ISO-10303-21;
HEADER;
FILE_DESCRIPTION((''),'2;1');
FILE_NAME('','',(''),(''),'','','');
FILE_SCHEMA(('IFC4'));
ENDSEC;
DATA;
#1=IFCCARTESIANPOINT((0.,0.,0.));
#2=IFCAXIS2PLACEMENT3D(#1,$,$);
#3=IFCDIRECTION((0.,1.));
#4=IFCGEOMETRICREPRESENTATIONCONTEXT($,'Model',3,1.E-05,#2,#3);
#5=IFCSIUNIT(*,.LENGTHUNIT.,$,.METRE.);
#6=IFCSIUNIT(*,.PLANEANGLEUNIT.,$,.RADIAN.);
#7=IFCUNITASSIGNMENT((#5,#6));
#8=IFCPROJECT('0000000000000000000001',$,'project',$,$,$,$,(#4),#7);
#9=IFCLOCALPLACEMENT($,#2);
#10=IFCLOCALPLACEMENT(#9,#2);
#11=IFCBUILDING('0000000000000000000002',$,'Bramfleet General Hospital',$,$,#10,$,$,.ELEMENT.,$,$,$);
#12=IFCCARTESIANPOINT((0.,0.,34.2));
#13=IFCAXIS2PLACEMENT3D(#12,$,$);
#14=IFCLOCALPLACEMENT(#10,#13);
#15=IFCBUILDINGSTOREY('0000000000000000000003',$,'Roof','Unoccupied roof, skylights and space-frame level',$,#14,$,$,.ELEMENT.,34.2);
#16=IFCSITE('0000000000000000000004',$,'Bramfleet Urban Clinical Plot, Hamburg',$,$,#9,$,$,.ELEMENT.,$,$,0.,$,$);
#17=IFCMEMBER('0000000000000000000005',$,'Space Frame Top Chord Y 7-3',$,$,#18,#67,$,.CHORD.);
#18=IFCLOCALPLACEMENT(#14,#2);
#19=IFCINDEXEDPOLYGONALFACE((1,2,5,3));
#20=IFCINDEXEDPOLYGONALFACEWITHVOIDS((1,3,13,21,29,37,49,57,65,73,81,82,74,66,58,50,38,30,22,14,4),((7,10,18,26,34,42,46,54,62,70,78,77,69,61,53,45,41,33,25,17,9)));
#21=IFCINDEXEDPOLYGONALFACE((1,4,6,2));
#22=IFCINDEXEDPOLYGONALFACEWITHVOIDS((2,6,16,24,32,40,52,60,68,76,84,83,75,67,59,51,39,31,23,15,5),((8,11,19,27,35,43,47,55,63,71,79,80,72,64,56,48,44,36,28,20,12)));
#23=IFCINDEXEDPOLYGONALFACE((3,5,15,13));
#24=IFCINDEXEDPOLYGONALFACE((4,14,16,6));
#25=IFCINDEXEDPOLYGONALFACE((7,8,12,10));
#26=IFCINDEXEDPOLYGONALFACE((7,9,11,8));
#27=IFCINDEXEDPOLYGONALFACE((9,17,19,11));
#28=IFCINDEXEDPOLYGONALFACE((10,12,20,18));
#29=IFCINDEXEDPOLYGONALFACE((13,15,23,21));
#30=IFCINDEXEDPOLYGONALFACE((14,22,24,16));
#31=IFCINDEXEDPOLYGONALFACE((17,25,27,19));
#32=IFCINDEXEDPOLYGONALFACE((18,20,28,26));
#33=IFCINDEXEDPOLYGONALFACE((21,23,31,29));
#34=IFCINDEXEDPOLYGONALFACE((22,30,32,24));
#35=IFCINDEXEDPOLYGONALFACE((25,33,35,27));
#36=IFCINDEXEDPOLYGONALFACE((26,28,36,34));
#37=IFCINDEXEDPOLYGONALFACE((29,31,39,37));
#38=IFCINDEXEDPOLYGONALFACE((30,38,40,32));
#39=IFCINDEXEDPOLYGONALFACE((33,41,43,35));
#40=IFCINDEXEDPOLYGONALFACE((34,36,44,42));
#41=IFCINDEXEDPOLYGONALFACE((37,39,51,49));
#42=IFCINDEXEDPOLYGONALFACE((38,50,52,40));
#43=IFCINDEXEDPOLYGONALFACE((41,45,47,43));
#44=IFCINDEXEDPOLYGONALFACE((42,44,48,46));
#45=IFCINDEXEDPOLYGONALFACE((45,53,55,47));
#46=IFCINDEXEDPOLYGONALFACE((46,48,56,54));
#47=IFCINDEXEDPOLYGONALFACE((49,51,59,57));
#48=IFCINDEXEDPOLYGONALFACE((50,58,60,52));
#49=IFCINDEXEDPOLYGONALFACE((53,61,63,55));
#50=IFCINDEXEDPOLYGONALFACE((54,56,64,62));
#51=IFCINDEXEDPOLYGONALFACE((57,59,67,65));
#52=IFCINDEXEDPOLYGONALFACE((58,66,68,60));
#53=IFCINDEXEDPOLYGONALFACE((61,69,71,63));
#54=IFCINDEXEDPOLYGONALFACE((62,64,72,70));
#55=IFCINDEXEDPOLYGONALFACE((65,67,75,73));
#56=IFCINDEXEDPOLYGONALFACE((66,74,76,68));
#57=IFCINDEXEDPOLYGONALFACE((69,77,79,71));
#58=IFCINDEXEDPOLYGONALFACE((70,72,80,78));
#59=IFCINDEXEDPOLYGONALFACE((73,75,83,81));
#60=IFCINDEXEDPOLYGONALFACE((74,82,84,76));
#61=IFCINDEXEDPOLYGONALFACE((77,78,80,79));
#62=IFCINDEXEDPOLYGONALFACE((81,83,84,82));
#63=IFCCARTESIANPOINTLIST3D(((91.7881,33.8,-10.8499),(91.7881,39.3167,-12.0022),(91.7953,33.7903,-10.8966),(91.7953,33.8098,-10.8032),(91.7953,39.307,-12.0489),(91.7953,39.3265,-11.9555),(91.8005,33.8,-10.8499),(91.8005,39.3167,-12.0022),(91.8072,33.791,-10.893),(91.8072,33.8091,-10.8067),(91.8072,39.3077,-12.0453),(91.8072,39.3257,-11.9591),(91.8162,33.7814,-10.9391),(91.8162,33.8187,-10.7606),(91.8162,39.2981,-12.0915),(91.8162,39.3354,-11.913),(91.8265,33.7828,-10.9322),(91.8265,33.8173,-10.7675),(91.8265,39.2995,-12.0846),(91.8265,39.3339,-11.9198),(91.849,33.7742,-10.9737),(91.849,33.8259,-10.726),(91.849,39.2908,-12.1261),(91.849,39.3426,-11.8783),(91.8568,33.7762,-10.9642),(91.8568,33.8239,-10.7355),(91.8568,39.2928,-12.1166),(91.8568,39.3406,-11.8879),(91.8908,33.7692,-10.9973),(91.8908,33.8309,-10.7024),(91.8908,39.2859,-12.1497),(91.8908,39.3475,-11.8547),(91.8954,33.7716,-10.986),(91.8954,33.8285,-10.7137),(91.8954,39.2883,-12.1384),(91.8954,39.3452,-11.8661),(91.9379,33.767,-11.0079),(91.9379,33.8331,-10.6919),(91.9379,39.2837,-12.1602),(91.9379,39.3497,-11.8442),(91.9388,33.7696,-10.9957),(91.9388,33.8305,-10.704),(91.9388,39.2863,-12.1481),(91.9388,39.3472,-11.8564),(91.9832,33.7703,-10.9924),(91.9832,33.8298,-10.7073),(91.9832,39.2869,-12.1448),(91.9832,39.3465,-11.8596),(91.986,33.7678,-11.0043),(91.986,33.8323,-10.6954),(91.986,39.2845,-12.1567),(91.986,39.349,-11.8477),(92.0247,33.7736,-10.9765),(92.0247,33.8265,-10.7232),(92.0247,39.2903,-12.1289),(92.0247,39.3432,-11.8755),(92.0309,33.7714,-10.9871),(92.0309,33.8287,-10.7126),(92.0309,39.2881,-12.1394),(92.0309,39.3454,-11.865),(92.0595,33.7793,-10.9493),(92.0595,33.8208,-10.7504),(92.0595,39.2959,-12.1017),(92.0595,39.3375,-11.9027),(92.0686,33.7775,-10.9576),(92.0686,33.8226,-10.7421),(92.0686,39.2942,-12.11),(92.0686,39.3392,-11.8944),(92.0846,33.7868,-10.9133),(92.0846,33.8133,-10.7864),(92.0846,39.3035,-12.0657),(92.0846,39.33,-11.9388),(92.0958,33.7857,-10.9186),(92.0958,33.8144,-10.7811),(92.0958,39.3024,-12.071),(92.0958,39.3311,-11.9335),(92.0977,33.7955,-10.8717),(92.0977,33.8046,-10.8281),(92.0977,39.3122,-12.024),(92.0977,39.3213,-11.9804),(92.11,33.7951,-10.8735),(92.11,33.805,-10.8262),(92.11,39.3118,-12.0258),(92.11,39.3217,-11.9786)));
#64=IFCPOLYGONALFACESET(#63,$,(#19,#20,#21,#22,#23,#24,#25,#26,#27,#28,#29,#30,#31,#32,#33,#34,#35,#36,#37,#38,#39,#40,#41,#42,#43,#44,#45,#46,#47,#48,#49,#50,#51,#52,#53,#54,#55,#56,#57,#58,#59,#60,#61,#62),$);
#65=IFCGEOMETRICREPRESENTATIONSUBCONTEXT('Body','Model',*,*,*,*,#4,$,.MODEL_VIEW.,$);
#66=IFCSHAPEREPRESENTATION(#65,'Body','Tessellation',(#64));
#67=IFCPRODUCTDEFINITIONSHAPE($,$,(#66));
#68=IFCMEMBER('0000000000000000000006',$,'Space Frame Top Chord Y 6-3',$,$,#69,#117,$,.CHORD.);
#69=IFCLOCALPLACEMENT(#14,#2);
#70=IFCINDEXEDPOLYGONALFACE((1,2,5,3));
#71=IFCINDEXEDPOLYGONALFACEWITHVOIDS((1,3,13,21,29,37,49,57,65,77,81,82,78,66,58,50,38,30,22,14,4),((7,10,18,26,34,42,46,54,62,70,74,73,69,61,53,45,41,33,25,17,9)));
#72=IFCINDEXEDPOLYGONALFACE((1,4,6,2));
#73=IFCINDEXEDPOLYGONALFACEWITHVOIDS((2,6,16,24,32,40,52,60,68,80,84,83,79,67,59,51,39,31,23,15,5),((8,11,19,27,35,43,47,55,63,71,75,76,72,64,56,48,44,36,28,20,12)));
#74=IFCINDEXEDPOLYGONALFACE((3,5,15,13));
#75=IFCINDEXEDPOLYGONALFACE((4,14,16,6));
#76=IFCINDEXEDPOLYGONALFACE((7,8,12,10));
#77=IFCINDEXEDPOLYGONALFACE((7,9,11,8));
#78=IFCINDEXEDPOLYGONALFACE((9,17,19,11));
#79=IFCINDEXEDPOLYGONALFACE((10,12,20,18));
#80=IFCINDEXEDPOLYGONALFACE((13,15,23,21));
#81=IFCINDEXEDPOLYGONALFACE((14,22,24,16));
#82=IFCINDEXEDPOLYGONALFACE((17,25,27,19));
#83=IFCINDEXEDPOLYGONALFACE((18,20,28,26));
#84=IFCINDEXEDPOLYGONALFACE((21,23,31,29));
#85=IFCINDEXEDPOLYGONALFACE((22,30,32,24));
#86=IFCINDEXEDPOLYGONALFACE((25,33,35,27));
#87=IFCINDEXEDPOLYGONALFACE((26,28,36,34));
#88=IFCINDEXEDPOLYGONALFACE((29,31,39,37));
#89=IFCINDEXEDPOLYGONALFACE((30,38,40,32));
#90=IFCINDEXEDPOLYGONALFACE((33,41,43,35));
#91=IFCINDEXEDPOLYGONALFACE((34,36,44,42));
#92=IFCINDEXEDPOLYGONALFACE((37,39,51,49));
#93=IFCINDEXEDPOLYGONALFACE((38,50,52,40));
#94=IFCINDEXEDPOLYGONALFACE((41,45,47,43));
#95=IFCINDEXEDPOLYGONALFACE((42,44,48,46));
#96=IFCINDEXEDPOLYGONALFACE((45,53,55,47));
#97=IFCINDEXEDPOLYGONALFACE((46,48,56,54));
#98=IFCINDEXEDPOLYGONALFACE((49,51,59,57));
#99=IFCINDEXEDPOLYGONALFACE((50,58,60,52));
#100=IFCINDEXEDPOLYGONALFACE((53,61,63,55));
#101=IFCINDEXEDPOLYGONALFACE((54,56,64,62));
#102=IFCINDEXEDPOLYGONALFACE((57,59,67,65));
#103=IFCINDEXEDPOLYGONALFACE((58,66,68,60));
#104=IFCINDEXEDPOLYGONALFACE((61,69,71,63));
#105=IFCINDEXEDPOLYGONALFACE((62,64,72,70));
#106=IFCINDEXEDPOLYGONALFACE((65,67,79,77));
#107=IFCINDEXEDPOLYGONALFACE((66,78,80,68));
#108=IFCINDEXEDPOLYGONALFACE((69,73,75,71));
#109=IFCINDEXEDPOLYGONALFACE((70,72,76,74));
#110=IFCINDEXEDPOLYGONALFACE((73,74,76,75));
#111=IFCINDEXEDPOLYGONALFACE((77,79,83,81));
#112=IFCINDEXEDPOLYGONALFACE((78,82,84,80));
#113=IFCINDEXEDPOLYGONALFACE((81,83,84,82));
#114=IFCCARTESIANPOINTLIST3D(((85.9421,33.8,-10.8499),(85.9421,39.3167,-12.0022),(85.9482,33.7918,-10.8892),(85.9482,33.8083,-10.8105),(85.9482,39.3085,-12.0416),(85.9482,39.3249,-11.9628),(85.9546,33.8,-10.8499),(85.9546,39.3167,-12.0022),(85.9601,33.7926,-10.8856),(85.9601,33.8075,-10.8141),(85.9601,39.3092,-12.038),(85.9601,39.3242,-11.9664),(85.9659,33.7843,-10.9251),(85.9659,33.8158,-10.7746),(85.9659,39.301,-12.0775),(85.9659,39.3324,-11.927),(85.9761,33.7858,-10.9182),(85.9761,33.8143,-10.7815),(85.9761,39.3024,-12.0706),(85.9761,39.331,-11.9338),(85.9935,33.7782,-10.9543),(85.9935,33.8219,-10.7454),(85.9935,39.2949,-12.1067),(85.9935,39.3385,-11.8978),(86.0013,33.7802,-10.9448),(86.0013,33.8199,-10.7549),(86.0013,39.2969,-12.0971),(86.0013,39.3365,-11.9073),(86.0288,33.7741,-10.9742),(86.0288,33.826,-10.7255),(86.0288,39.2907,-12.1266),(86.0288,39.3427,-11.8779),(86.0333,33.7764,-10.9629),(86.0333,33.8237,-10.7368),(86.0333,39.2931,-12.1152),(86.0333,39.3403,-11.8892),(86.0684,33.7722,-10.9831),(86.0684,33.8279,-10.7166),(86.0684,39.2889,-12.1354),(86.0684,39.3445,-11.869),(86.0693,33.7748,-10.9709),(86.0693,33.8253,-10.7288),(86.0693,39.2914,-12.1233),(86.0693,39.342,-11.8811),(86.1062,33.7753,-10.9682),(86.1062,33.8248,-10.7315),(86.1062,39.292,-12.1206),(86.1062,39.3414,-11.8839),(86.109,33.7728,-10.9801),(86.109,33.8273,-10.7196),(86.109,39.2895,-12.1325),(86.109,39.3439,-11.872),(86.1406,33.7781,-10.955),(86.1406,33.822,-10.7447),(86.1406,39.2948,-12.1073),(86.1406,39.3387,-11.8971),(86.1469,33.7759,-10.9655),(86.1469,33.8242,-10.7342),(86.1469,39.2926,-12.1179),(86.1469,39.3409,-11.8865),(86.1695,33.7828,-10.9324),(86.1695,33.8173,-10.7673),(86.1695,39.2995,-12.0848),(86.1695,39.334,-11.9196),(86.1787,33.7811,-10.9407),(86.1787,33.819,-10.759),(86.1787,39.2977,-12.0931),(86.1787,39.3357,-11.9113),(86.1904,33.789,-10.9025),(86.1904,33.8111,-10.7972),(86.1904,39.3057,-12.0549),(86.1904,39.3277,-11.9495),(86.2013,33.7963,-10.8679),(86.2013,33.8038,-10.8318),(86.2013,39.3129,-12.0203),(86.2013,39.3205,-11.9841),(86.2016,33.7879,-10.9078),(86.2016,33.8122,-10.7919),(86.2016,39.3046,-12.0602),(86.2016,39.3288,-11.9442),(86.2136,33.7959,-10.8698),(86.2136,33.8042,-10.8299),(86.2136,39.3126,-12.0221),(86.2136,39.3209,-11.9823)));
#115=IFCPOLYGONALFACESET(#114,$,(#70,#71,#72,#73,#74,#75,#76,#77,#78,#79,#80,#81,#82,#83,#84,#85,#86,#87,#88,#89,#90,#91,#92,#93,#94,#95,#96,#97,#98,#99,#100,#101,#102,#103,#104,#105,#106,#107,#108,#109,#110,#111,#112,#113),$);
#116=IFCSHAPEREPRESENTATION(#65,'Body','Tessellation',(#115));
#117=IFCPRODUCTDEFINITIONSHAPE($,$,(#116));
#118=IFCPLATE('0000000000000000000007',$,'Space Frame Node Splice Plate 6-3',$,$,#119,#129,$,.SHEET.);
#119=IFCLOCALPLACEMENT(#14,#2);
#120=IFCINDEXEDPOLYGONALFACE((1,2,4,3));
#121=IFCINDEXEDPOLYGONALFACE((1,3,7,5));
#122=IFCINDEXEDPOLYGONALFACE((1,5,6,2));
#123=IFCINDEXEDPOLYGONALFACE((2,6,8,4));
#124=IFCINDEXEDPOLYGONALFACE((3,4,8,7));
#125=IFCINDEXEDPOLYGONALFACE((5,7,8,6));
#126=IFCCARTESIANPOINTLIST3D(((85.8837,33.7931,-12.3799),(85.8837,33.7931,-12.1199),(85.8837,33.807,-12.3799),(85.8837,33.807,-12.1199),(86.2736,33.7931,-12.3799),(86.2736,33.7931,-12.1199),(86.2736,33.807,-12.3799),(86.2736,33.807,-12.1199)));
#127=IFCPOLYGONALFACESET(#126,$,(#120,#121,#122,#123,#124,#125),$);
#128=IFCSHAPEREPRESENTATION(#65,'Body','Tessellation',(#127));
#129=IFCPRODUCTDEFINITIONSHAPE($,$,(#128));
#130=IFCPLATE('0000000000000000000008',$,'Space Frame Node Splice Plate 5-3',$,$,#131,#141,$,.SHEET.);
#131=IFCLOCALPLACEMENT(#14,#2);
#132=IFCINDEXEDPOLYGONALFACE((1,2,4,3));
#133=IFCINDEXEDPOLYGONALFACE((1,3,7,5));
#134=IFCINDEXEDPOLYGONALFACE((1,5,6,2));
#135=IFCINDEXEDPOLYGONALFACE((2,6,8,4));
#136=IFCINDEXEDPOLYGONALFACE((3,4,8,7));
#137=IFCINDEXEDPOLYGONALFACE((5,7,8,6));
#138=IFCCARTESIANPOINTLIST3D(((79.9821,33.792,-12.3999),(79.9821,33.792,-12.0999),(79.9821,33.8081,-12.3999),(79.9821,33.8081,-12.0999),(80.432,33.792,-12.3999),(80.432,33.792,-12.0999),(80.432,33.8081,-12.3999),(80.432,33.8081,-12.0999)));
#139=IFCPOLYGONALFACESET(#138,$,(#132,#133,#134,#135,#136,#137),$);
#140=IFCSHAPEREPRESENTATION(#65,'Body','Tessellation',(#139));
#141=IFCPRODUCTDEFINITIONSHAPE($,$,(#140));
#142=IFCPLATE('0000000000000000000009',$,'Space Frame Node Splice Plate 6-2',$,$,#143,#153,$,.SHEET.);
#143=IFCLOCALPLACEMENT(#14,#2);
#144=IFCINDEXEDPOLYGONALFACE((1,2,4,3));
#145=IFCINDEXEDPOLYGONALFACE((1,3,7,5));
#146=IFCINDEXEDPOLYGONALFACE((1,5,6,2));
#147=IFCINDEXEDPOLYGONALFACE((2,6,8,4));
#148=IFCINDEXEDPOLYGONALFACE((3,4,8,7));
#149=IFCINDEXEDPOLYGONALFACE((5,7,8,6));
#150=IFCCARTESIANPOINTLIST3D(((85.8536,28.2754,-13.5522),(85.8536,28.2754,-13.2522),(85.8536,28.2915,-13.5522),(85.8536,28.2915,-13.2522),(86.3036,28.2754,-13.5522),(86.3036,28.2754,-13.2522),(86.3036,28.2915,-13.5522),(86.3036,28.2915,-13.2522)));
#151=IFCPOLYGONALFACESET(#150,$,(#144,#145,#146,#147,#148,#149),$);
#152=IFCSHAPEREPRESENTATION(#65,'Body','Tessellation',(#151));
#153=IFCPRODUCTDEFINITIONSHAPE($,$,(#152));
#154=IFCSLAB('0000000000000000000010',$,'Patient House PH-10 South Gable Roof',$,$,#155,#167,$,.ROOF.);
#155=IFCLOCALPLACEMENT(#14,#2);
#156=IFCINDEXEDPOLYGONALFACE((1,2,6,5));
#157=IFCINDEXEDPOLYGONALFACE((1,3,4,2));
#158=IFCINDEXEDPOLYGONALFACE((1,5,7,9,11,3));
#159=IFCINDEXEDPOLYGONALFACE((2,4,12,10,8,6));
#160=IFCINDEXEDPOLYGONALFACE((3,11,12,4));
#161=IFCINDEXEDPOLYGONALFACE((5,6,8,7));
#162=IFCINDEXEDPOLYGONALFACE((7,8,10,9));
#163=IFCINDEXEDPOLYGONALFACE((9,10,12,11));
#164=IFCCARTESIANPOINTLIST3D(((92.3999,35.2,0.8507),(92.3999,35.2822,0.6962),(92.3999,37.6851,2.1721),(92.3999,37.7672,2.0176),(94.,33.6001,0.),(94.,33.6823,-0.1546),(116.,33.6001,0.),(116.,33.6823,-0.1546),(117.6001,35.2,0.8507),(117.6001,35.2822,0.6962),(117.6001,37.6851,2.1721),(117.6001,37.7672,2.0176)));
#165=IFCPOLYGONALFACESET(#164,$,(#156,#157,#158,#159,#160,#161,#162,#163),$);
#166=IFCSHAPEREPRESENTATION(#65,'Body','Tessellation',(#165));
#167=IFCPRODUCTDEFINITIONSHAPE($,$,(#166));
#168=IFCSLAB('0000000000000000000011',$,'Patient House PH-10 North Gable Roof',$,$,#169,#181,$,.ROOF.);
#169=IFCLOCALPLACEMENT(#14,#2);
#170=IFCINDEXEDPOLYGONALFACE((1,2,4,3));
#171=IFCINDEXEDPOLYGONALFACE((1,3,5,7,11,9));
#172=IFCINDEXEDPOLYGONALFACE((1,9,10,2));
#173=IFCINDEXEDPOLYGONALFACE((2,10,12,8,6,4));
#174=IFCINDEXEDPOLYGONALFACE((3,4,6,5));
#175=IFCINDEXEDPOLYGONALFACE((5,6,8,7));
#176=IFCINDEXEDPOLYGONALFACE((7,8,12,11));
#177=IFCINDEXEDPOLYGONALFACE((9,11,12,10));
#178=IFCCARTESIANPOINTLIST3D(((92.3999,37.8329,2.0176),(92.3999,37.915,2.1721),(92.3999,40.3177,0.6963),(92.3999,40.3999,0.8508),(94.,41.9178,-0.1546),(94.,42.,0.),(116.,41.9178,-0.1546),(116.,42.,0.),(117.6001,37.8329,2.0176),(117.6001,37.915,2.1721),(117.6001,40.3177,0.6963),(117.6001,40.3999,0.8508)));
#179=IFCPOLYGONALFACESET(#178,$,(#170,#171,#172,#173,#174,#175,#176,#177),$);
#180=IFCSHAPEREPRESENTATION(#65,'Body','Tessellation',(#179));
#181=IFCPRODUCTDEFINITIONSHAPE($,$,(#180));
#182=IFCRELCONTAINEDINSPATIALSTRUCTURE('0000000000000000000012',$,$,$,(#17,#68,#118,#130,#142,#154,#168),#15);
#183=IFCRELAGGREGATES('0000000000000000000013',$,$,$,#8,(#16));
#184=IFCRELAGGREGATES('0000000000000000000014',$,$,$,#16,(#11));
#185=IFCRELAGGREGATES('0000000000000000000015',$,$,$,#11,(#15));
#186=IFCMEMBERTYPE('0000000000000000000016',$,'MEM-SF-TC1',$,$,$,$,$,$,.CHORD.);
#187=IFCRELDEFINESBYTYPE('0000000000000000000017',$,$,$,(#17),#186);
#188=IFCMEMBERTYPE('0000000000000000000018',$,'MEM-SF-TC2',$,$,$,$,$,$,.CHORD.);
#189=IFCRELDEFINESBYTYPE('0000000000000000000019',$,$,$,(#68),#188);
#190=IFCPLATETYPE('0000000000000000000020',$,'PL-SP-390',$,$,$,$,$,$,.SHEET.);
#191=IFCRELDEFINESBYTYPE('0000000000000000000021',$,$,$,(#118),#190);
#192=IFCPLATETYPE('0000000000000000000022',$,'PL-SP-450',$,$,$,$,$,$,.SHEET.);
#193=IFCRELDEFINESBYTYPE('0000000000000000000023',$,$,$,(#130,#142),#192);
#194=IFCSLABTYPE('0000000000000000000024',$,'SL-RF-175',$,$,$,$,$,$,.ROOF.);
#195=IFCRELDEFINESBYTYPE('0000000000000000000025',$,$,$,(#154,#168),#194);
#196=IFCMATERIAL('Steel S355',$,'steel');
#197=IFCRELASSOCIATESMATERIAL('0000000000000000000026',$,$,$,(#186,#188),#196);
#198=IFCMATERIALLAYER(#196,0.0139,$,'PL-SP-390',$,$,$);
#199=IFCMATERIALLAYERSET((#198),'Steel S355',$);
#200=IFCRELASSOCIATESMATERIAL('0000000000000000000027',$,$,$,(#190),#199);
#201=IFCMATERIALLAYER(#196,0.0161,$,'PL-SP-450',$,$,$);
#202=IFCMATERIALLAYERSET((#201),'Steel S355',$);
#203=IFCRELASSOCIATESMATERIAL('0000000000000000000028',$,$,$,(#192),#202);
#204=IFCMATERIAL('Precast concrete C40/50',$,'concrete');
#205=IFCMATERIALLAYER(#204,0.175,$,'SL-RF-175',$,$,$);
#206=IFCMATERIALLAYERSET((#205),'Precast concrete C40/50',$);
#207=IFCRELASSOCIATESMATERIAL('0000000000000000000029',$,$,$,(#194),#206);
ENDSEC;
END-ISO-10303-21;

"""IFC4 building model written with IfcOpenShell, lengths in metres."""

from ifc_helpers import new_model, si_unit, direction, frame, origin, origin_2d, place, context, subcontext, project, spatial, polyline, rectangle, hollow_circle, outline, extrude, material, layer, layer_set, material_profile, profile_set, type_object, element, save


model = new_model("IFC4")

# Units and contexts
model_context = context("Model", 3, precision=1e-05, world=origin(), true_north=direction((0.0, 1.0)))
body_context = subcontext(model_context, "Body", "Model", "MODEL_VIEW")
ifc_project = project(units=[si_unit("LENGTHUNIT", "METRE"), si_unit("PLANEANGLEUNIT", "RADIAN")], contexts=[model_context])

# Site, building, storey
site_placement = place(None, origin())
site = spatial("IfcSite", under=ifc_project, at=site_placement, Name="Bramfleet Urban Clinical Plot, Hamburg", CompositionType="ELEMENT", RefElevation=0.0)
building_placement = place(site_placement, origin())
building = spatial("IfcBuilding", under=site, at=building_placement, Name="Bramfleet General Hospital", CompositionType="ELEMENT")
storey_placement = place(building_placement, frame((0.0, 0.0, 34.2)))
storey = spatial("IfcBuildingStorey", under=building, at=storey_placement, Name="Roof", Description="Unoccupied roof, skylights and space-frame level", CompositionType="ELEMENT", Elevation=34.2)

# Members
ifc_material_1 = material(Name="Steel S355", Category="steel")
ifc_material_profile_1 = material_profile(ifc_material_1, hollow_circle(Radius=0.1619, WallThickness=0.0125, at=origin_2d()), Name="CHS 323.9x12.5")
ifc_profile_set_1 = profile_set([ifc_material_profile_1], Name="Steel S355")
member_type_1 = type_object("IfcMemberType", Name="MEM-SF-TC1", PredefinedType="CHORD", material=ifc_profile_set_1)
for number, where, z_axis, x_axis, name in (
    (1, (91.95, 33.8, -10.8499), (0.0, 0.978872, -0.204473), (-1.0, 0.0, 0.0), "Space Frame Top Chord Y 7-3"),
):
    element("IfcMember", number, at=place(storey_placement, frame(where, z_axis=z_axis, x_axis=x_axis)), inside=storey, type_object=member_type_1, Name=name, PredefinedType="CHORD", context=body_context, shape_type="SweptSolid", body=[
        extrude(hollow_circle(Radius=0.1619, WallThickness=0.0125, at=origin_2d()), origin(), (0.0, 0.0, 1.0), 5.6357),
    ])
ifc_material_profile_2 = material_profile(ifc_material_1, hollow_circle(Radius=0.1365, WallThickness=0.0125, at=origin_2d()), Name="CHS 273.0x12.5")
ifc_profile_set_2 = profile_set([ifc_material_profile_2], Name="Steel S355")
member_type_2 = type_object("IfcMemberType", Name="MEM-SF-TC2", PredefinedType="CHORD", material=ifc_profile_set_2)
member_1_placement = place(storey_placement, frame((86.0786, 33.8, -10.8499), z_axis=(0.0, 0.978872, -0.204473), x_axis=(-1.0, 0.0, 0.0)))
element("IfcMember", 2, at=member_1_placement, inside=storey, type_object=member_type_2, Name="Space Frame Top Chord Y 6-3", PredefinedType="CHORD", context=body_context, shape_type="SweptSolid", body=[
    extrude(hollow_circle(Radius=0.1365, WallThickness=0.0125, at=origin_2d()), origin(), (0.0, 0.0, 1.0), 5.6357),
])

# Plates
ifc_layer_1 = layer(ifc_material_1, 0.0139, Name="PL-SP-390")
ifc_layer_set_1 = layer_set([ifc_layer_1], Name="Steel S355")
plate_type_1 = type_object("IfcPlateType", Name="PL-SP-390", PredefinedType="SHEET", material=ifc_layer_set_1)
plate_placement = place(storey_placement, frame((86.0786, 33.8, -12.3799), z_axis=(0.0, 0.0, 1.0), x_axis=(1.0, 0.0, 0.0)))
element("IfcPlate", 3, at=plate_placement, inside=storey, type_object=plate_type_1, Name="Space Frame Node Splice Plate 6-3", PredefinedType="SHEET", context=body_context, shape_type="SweptSolid", body=[
    extrude(rectangle(XDim=0.3899, YDim=0.0139, at=origin_2d()), origin(), (0.0, 0.0, 1.0), 0.26),
])
ifc_layer_2 = layer(ifc_material_1, 0.0161, Name="PL-SP-450")
ifc_layer_set_2 = layer_set([ifc_layer_2], Name="Steel S355")
plate_type_2 = type_object("IfcPlateType", Name="PL-SP-450", PredefinedType="SHEET", material=ifc_layer_set_2)
for number, where, z_axis, x_axis, name in (
    (4, (80.207, 33.8, -12.3999), (0.0, 0.0, 1.0), (1.0, 0.0, 0.0), "Space Frame Node Splice Plate 5-3"),
    (5, (86.0786, 28.2834, -13.5522), (0.0, 0.0, 1.0), (1.0, 0.0, 0.0), "Space Frame Node Splice Plate 6-2"),
):
    element("IfcPlate", number, at=place(storey_placement, frame(where, z_axis=z_axis, x_axis=x_axis)), inside=storey, type_object=plate_type_2, Name=name, PredefinedType="SHEET", context=body_context, shape_type="SweptSolid", body=[
        extrude(rectangle(XDim=0.45, YDim=0.0161, at=origin_2d()), origin(), (0.0, 0.0, 1.0), 0.3),
    ])

# Slabs
ifc_material_2 = material(Name="Precast concrete C40/50", Category="concrete")
ifc_layer_3 = layer(ifc_material_2, 0.175, Name="SL-RF-175")
ifc_layer_set_3 = layer_set([ifc_layer_3], Name="Precast concrete C40/50")
slab_type_1 = type_object("IfcSlabType", Name="SL-RF-175", PredefinedType="ROOF", material=ifc_layer_set_3)
slab_1_placement = place(storey_placement, frame((94.0, 33.6001, 0.0), z_axis=(0.0, -0.469488, 0.882939), x_axis=(1.0, 0.0, 0.0)))
element("IfcSlab", 6, at=slab_1_placement, inside=storey, type_object=slab_type_1, Name="Patient House PH-10 South Gable Roof", PredefinedType="ROOF", context=body_context, shape_type="SweptSolid", body=[
    extrude(outline(polyline([(0.0, 0.0), (22.0, 0.0), (23.6001, 1.812), (23.6001, 4.6266), (-1.6001, 4.6266), (-1.6001, 1.812), (0.0, 0.0)])), origin(), (0.0, 0.0, -1.0), 0.175),
])
slab_2_placement = place(storey_placement, frame((92.3999, 37.915, 2.1721), z_axis=(0.0, 0.46949, 0.882938), x_axis=(1.0, 0.0, 0.0)))
element("IfcSlab", 7, at=slab_2_placement, inside=storey, type_object=slab_type_1, Name="Patient House PH-10 North Gable Roof", PredefinedType="ROOF", context=body_context, shape_type="SweptSolid", body=[
    extrude(outline(polyline([(0.0, 0.0), (25.2002, 0.0), (25.2002, 2.8143), (23.6001, 4.6266), (1.6001, 4.6266), (0.0, 2.8143), (0.0, 0.0)])), origin(), (0.0, 0.0, -1.0), 0.175),
])

save(model, "model.ifc")
